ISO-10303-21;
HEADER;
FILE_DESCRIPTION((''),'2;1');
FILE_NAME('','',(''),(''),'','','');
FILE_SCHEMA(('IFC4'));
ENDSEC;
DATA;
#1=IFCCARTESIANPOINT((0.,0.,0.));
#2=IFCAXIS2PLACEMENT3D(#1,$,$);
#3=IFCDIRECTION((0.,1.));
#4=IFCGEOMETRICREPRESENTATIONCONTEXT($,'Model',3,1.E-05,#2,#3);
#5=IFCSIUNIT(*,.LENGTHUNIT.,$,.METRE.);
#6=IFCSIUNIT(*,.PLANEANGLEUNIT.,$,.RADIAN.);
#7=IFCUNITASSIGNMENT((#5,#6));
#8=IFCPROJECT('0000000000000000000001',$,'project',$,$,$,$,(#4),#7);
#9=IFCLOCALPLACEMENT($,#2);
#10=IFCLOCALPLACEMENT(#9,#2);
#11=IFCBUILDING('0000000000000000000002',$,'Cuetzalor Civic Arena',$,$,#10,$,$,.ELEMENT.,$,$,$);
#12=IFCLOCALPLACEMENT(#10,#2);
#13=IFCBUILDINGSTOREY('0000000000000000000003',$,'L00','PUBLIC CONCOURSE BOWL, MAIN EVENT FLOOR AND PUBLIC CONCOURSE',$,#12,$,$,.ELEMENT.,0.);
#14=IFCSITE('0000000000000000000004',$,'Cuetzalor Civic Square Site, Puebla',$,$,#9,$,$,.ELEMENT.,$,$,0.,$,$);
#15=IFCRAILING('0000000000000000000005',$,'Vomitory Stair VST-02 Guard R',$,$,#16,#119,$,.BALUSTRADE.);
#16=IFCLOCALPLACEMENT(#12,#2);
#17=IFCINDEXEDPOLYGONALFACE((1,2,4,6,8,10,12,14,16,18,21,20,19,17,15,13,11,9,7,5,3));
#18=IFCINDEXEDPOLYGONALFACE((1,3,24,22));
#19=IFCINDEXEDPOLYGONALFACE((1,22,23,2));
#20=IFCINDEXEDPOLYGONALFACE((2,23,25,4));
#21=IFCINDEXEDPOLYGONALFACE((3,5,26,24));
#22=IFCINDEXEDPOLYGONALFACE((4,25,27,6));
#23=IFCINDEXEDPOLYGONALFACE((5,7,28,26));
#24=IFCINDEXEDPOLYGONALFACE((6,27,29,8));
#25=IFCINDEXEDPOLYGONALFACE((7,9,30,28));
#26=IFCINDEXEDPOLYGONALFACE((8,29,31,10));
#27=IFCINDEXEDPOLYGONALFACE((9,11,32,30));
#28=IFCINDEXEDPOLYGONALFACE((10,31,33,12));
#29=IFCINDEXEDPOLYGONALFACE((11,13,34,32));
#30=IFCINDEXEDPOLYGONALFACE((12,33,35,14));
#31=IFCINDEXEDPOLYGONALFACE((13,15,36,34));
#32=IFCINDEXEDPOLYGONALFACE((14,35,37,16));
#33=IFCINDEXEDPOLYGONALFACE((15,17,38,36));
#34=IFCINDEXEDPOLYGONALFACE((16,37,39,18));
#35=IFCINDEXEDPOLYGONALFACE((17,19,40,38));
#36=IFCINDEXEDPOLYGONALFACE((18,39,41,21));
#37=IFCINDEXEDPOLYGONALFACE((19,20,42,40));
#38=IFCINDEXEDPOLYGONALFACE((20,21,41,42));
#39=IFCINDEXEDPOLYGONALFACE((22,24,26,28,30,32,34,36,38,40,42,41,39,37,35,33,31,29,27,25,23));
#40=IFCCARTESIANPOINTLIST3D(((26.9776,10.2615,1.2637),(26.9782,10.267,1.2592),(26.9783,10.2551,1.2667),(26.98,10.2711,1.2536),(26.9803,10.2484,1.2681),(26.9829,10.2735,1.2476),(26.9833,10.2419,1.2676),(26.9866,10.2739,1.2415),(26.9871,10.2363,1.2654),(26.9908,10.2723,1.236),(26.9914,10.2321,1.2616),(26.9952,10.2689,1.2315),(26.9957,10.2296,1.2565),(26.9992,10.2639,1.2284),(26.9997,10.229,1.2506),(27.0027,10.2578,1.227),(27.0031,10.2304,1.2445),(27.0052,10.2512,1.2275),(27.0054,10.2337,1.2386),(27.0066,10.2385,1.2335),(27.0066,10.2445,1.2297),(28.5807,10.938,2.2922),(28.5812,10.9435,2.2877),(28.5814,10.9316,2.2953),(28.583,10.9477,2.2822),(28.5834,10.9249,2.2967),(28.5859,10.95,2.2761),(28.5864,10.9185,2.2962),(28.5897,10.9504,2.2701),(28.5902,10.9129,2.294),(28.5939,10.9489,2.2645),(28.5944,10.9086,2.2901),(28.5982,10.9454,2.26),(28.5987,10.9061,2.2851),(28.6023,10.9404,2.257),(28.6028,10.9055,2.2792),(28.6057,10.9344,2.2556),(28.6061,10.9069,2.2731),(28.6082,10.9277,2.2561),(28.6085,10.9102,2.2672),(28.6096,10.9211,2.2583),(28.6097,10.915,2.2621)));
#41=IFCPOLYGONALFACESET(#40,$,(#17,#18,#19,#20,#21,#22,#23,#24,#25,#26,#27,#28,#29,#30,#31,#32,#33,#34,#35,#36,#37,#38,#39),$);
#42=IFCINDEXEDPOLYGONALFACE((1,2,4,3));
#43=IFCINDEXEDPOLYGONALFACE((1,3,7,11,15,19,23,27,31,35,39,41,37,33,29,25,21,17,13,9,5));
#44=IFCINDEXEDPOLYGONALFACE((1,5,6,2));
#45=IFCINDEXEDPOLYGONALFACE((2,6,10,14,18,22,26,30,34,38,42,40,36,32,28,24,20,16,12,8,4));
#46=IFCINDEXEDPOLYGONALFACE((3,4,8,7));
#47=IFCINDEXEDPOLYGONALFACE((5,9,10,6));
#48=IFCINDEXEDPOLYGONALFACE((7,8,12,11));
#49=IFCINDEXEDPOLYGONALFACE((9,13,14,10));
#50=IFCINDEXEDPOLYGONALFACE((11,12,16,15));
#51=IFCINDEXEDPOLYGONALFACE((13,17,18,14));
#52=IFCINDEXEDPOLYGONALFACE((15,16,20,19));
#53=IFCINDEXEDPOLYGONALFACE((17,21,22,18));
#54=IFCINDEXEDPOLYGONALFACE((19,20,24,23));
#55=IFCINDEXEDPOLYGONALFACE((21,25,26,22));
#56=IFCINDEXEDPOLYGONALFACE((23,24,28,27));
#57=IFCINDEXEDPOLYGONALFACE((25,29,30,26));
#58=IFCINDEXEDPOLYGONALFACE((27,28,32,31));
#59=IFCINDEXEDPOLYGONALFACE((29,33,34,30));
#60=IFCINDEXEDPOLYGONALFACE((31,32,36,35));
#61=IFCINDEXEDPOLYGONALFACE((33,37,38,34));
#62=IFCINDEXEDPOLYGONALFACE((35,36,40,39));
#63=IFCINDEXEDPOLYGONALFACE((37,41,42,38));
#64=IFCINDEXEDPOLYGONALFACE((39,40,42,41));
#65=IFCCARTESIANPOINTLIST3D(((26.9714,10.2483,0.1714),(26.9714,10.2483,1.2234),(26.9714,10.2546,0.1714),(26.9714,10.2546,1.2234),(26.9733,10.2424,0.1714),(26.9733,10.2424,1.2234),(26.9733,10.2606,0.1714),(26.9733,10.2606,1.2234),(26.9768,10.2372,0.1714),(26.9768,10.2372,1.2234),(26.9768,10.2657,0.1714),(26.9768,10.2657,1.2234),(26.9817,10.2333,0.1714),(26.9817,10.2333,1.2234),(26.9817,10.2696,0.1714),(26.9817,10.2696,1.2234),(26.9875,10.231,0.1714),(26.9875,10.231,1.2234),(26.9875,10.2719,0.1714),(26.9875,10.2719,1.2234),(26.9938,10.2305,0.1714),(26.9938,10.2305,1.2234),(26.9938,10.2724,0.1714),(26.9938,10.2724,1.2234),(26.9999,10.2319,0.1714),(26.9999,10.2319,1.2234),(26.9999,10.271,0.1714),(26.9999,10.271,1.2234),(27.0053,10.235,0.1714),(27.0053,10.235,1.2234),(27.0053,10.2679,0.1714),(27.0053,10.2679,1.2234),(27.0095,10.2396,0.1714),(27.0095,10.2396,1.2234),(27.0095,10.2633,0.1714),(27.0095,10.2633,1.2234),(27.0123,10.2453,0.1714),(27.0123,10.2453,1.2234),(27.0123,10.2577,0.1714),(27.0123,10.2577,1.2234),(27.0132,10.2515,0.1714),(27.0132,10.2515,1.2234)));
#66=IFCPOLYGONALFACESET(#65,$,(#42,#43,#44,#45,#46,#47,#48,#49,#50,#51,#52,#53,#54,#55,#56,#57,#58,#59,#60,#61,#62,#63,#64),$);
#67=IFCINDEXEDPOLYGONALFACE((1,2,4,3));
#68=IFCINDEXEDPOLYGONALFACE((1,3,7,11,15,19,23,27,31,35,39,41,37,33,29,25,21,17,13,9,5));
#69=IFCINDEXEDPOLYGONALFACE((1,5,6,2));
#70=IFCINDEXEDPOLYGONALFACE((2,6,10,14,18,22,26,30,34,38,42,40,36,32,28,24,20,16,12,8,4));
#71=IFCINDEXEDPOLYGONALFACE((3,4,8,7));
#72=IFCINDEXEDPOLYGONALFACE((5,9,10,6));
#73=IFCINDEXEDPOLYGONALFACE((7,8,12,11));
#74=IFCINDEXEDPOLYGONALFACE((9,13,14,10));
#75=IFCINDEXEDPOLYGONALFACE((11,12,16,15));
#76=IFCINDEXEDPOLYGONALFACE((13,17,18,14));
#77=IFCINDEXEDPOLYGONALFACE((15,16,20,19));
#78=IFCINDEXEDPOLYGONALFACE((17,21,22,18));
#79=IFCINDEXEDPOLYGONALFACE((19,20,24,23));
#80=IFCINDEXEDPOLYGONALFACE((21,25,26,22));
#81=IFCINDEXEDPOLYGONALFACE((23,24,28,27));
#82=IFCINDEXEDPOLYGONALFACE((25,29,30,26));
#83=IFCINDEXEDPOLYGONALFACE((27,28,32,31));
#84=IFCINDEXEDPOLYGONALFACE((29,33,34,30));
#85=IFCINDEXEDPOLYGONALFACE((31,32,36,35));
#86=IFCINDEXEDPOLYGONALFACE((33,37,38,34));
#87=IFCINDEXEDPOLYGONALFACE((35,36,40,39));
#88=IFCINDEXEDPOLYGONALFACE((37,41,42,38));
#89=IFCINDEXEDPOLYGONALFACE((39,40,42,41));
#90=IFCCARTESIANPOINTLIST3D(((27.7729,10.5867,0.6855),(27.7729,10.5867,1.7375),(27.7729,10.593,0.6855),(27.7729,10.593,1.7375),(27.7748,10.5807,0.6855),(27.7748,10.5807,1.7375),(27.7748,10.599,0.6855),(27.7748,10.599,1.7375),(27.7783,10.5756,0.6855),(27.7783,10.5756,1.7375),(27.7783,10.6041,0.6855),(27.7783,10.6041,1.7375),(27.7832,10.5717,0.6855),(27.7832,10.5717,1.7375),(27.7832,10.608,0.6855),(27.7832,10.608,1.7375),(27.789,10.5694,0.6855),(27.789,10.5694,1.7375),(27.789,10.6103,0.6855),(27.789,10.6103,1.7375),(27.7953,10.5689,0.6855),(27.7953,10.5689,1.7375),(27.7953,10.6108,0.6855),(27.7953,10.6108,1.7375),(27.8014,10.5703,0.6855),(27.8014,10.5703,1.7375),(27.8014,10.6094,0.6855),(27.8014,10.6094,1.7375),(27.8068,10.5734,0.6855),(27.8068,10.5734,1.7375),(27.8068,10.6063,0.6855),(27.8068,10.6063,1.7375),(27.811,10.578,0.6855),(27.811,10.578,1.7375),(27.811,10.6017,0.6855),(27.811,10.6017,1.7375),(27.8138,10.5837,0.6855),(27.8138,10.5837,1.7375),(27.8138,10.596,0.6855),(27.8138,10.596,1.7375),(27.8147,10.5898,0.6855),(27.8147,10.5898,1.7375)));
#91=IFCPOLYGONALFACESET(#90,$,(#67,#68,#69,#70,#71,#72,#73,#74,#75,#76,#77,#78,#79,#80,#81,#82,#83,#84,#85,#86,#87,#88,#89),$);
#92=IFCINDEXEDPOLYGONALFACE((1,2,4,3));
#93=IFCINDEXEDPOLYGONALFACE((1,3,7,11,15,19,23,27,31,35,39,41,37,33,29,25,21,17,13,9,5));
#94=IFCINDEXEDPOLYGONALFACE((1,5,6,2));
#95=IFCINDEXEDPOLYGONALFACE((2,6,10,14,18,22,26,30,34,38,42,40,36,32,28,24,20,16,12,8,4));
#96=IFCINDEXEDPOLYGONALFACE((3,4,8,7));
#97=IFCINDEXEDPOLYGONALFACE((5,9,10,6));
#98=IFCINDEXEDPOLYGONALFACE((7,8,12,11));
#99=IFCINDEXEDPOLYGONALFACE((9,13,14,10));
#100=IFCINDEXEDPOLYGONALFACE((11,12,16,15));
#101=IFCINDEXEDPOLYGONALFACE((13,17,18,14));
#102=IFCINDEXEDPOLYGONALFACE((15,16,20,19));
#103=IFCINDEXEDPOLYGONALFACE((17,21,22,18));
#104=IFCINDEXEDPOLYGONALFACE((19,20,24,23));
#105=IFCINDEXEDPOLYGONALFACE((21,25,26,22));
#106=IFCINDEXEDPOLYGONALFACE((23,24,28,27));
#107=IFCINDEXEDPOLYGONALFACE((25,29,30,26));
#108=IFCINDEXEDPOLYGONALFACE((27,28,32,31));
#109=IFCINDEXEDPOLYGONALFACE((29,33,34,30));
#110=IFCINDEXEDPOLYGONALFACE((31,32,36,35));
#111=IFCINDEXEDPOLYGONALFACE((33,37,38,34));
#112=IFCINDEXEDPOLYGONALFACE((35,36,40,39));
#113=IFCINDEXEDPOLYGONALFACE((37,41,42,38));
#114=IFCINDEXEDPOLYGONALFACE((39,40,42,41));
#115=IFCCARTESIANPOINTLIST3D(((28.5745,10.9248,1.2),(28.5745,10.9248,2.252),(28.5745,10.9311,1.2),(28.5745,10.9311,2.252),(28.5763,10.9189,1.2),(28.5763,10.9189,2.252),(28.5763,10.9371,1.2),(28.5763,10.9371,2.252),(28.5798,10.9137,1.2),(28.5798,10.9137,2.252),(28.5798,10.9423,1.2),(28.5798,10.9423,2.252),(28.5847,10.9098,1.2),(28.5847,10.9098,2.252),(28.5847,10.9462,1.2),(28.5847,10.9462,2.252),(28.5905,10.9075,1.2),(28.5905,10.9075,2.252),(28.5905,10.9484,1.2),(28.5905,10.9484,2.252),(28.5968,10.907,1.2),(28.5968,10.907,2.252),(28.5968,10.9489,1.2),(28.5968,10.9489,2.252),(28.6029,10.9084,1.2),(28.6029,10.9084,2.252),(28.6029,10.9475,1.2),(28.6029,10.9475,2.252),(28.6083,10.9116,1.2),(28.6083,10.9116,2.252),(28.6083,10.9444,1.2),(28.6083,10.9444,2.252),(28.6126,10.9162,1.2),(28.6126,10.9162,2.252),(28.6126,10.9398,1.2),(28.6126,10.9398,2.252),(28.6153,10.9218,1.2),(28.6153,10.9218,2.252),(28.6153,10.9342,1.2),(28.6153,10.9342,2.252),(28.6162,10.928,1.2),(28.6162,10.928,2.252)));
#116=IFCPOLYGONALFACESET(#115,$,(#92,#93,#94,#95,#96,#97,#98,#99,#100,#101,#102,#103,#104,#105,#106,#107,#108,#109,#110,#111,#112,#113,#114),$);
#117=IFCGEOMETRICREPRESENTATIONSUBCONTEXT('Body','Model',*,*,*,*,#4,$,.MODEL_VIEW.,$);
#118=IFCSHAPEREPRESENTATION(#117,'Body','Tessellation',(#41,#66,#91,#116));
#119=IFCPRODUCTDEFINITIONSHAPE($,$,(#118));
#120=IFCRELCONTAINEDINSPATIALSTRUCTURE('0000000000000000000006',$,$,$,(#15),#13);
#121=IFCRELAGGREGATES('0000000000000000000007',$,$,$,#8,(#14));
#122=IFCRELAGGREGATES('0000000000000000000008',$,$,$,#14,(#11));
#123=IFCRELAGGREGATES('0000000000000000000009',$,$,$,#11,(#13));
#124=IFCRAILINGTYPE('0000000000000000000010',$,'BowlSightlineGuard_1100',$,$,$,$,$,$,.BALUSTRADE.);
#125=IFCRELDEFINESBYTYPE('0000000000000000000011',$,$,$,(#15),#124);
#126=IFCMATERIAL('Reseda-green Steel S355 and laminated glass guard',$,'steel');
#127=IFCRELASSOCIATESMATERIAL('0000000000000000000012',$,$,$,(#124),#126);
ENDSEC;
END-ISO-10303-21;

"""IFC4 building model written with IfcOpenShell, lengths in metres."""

from ifc_helpers import new_model, si_unit, direction, frame, origin, origin_2d, place, context, subcontext, project, spatial, circle, extrude, material, type_object, element, save


model = new_model("IFC4")

# Units and contexts
model_context = context("Model", 3, precision=1e-05, world=origin(), true_north=direction((0.0, 1.0)))
body_context = subcontext(model_context, "Body", "Model", "MODEL_VIEW")
ifc_project = project(units=[si_unit("LENGTHUNIT", "METRE"), si_unit("PLANEANGLEUNIT", "RADIAN")], contexts=[model_context])

# Site, building, storey
site_placement = place(None, origin())
site = spatial("IfcSite", under=ifc_project, at=site_placement, Name="Cuetzalor Civic Square Site, Puebla", CompositionType="ELEMENT", RefElevation=0.0)
building_placement = place(site_placement, origin())
building = spatial("IfcBuilding", under=site, at=building_placement, Name="Cuetzalor Civic Arena", CompositionType="ELEMENT")
storey_placement = place(building_placement, origin())
storey = spatial("IfcBuildingStorey", under=building, at=storey_placement, Name="L00", Description="PUBLIC CONCOURSE BOWL, MAIN EVENT FLOOR AND PUBLIC CONCOURSE", CompositionType="ELEMENT", Elevation=0.0)

# Railing
ifc_material_1 = material(Name="Reseda-green Steel S355 and laminated glass guard", Category="steel")
railing_type_1 = type_object("IfcRailingType", Name="BowlSightlineGuard_1100", PredefinedType="BALUSTRADE", material=ifc_material_1)
railing_1_placement = place(storey_placement, frame((26.9922, 10.2515, 0.1714)))
element("IfcRailing", 1, at=railing_1_placement, inside=storey, type_object=railing_type_1, Name="Vomitory Stair VST-02 Guard R", PredefinedType="BALUSTRADE", context=body_context, shape_type="SweptSolid", body=[
    extrude(circle(Radius=0.0239, at=origin_2d()), frame((0.0, 0.0, 1.0762), z_axis=(0.793101, 0.334706, 0.508884), x_axis=(-0.388816, 0.921315, 0.0)), (0.0, 0.0, 1.0), 2.0212),
    extrude(circle(Radius=0.021, at=origin_2d()), origin(), (0.0, 0.0, 1.0), 1.052),
    extrude(circle(Radius=0.021, at=origin_2d()), frame((0.8015, 0.3384, 0.5142)), (0.0, 0.0, 1.0), 1.052),
    extrude(circle(Radius=0.021, at=origin_2d()), frame((1.603, 0.6765, 1.0286)), (0.0, 0.0, 1.0), 1.052),
])

save(model, "model.ifc")
